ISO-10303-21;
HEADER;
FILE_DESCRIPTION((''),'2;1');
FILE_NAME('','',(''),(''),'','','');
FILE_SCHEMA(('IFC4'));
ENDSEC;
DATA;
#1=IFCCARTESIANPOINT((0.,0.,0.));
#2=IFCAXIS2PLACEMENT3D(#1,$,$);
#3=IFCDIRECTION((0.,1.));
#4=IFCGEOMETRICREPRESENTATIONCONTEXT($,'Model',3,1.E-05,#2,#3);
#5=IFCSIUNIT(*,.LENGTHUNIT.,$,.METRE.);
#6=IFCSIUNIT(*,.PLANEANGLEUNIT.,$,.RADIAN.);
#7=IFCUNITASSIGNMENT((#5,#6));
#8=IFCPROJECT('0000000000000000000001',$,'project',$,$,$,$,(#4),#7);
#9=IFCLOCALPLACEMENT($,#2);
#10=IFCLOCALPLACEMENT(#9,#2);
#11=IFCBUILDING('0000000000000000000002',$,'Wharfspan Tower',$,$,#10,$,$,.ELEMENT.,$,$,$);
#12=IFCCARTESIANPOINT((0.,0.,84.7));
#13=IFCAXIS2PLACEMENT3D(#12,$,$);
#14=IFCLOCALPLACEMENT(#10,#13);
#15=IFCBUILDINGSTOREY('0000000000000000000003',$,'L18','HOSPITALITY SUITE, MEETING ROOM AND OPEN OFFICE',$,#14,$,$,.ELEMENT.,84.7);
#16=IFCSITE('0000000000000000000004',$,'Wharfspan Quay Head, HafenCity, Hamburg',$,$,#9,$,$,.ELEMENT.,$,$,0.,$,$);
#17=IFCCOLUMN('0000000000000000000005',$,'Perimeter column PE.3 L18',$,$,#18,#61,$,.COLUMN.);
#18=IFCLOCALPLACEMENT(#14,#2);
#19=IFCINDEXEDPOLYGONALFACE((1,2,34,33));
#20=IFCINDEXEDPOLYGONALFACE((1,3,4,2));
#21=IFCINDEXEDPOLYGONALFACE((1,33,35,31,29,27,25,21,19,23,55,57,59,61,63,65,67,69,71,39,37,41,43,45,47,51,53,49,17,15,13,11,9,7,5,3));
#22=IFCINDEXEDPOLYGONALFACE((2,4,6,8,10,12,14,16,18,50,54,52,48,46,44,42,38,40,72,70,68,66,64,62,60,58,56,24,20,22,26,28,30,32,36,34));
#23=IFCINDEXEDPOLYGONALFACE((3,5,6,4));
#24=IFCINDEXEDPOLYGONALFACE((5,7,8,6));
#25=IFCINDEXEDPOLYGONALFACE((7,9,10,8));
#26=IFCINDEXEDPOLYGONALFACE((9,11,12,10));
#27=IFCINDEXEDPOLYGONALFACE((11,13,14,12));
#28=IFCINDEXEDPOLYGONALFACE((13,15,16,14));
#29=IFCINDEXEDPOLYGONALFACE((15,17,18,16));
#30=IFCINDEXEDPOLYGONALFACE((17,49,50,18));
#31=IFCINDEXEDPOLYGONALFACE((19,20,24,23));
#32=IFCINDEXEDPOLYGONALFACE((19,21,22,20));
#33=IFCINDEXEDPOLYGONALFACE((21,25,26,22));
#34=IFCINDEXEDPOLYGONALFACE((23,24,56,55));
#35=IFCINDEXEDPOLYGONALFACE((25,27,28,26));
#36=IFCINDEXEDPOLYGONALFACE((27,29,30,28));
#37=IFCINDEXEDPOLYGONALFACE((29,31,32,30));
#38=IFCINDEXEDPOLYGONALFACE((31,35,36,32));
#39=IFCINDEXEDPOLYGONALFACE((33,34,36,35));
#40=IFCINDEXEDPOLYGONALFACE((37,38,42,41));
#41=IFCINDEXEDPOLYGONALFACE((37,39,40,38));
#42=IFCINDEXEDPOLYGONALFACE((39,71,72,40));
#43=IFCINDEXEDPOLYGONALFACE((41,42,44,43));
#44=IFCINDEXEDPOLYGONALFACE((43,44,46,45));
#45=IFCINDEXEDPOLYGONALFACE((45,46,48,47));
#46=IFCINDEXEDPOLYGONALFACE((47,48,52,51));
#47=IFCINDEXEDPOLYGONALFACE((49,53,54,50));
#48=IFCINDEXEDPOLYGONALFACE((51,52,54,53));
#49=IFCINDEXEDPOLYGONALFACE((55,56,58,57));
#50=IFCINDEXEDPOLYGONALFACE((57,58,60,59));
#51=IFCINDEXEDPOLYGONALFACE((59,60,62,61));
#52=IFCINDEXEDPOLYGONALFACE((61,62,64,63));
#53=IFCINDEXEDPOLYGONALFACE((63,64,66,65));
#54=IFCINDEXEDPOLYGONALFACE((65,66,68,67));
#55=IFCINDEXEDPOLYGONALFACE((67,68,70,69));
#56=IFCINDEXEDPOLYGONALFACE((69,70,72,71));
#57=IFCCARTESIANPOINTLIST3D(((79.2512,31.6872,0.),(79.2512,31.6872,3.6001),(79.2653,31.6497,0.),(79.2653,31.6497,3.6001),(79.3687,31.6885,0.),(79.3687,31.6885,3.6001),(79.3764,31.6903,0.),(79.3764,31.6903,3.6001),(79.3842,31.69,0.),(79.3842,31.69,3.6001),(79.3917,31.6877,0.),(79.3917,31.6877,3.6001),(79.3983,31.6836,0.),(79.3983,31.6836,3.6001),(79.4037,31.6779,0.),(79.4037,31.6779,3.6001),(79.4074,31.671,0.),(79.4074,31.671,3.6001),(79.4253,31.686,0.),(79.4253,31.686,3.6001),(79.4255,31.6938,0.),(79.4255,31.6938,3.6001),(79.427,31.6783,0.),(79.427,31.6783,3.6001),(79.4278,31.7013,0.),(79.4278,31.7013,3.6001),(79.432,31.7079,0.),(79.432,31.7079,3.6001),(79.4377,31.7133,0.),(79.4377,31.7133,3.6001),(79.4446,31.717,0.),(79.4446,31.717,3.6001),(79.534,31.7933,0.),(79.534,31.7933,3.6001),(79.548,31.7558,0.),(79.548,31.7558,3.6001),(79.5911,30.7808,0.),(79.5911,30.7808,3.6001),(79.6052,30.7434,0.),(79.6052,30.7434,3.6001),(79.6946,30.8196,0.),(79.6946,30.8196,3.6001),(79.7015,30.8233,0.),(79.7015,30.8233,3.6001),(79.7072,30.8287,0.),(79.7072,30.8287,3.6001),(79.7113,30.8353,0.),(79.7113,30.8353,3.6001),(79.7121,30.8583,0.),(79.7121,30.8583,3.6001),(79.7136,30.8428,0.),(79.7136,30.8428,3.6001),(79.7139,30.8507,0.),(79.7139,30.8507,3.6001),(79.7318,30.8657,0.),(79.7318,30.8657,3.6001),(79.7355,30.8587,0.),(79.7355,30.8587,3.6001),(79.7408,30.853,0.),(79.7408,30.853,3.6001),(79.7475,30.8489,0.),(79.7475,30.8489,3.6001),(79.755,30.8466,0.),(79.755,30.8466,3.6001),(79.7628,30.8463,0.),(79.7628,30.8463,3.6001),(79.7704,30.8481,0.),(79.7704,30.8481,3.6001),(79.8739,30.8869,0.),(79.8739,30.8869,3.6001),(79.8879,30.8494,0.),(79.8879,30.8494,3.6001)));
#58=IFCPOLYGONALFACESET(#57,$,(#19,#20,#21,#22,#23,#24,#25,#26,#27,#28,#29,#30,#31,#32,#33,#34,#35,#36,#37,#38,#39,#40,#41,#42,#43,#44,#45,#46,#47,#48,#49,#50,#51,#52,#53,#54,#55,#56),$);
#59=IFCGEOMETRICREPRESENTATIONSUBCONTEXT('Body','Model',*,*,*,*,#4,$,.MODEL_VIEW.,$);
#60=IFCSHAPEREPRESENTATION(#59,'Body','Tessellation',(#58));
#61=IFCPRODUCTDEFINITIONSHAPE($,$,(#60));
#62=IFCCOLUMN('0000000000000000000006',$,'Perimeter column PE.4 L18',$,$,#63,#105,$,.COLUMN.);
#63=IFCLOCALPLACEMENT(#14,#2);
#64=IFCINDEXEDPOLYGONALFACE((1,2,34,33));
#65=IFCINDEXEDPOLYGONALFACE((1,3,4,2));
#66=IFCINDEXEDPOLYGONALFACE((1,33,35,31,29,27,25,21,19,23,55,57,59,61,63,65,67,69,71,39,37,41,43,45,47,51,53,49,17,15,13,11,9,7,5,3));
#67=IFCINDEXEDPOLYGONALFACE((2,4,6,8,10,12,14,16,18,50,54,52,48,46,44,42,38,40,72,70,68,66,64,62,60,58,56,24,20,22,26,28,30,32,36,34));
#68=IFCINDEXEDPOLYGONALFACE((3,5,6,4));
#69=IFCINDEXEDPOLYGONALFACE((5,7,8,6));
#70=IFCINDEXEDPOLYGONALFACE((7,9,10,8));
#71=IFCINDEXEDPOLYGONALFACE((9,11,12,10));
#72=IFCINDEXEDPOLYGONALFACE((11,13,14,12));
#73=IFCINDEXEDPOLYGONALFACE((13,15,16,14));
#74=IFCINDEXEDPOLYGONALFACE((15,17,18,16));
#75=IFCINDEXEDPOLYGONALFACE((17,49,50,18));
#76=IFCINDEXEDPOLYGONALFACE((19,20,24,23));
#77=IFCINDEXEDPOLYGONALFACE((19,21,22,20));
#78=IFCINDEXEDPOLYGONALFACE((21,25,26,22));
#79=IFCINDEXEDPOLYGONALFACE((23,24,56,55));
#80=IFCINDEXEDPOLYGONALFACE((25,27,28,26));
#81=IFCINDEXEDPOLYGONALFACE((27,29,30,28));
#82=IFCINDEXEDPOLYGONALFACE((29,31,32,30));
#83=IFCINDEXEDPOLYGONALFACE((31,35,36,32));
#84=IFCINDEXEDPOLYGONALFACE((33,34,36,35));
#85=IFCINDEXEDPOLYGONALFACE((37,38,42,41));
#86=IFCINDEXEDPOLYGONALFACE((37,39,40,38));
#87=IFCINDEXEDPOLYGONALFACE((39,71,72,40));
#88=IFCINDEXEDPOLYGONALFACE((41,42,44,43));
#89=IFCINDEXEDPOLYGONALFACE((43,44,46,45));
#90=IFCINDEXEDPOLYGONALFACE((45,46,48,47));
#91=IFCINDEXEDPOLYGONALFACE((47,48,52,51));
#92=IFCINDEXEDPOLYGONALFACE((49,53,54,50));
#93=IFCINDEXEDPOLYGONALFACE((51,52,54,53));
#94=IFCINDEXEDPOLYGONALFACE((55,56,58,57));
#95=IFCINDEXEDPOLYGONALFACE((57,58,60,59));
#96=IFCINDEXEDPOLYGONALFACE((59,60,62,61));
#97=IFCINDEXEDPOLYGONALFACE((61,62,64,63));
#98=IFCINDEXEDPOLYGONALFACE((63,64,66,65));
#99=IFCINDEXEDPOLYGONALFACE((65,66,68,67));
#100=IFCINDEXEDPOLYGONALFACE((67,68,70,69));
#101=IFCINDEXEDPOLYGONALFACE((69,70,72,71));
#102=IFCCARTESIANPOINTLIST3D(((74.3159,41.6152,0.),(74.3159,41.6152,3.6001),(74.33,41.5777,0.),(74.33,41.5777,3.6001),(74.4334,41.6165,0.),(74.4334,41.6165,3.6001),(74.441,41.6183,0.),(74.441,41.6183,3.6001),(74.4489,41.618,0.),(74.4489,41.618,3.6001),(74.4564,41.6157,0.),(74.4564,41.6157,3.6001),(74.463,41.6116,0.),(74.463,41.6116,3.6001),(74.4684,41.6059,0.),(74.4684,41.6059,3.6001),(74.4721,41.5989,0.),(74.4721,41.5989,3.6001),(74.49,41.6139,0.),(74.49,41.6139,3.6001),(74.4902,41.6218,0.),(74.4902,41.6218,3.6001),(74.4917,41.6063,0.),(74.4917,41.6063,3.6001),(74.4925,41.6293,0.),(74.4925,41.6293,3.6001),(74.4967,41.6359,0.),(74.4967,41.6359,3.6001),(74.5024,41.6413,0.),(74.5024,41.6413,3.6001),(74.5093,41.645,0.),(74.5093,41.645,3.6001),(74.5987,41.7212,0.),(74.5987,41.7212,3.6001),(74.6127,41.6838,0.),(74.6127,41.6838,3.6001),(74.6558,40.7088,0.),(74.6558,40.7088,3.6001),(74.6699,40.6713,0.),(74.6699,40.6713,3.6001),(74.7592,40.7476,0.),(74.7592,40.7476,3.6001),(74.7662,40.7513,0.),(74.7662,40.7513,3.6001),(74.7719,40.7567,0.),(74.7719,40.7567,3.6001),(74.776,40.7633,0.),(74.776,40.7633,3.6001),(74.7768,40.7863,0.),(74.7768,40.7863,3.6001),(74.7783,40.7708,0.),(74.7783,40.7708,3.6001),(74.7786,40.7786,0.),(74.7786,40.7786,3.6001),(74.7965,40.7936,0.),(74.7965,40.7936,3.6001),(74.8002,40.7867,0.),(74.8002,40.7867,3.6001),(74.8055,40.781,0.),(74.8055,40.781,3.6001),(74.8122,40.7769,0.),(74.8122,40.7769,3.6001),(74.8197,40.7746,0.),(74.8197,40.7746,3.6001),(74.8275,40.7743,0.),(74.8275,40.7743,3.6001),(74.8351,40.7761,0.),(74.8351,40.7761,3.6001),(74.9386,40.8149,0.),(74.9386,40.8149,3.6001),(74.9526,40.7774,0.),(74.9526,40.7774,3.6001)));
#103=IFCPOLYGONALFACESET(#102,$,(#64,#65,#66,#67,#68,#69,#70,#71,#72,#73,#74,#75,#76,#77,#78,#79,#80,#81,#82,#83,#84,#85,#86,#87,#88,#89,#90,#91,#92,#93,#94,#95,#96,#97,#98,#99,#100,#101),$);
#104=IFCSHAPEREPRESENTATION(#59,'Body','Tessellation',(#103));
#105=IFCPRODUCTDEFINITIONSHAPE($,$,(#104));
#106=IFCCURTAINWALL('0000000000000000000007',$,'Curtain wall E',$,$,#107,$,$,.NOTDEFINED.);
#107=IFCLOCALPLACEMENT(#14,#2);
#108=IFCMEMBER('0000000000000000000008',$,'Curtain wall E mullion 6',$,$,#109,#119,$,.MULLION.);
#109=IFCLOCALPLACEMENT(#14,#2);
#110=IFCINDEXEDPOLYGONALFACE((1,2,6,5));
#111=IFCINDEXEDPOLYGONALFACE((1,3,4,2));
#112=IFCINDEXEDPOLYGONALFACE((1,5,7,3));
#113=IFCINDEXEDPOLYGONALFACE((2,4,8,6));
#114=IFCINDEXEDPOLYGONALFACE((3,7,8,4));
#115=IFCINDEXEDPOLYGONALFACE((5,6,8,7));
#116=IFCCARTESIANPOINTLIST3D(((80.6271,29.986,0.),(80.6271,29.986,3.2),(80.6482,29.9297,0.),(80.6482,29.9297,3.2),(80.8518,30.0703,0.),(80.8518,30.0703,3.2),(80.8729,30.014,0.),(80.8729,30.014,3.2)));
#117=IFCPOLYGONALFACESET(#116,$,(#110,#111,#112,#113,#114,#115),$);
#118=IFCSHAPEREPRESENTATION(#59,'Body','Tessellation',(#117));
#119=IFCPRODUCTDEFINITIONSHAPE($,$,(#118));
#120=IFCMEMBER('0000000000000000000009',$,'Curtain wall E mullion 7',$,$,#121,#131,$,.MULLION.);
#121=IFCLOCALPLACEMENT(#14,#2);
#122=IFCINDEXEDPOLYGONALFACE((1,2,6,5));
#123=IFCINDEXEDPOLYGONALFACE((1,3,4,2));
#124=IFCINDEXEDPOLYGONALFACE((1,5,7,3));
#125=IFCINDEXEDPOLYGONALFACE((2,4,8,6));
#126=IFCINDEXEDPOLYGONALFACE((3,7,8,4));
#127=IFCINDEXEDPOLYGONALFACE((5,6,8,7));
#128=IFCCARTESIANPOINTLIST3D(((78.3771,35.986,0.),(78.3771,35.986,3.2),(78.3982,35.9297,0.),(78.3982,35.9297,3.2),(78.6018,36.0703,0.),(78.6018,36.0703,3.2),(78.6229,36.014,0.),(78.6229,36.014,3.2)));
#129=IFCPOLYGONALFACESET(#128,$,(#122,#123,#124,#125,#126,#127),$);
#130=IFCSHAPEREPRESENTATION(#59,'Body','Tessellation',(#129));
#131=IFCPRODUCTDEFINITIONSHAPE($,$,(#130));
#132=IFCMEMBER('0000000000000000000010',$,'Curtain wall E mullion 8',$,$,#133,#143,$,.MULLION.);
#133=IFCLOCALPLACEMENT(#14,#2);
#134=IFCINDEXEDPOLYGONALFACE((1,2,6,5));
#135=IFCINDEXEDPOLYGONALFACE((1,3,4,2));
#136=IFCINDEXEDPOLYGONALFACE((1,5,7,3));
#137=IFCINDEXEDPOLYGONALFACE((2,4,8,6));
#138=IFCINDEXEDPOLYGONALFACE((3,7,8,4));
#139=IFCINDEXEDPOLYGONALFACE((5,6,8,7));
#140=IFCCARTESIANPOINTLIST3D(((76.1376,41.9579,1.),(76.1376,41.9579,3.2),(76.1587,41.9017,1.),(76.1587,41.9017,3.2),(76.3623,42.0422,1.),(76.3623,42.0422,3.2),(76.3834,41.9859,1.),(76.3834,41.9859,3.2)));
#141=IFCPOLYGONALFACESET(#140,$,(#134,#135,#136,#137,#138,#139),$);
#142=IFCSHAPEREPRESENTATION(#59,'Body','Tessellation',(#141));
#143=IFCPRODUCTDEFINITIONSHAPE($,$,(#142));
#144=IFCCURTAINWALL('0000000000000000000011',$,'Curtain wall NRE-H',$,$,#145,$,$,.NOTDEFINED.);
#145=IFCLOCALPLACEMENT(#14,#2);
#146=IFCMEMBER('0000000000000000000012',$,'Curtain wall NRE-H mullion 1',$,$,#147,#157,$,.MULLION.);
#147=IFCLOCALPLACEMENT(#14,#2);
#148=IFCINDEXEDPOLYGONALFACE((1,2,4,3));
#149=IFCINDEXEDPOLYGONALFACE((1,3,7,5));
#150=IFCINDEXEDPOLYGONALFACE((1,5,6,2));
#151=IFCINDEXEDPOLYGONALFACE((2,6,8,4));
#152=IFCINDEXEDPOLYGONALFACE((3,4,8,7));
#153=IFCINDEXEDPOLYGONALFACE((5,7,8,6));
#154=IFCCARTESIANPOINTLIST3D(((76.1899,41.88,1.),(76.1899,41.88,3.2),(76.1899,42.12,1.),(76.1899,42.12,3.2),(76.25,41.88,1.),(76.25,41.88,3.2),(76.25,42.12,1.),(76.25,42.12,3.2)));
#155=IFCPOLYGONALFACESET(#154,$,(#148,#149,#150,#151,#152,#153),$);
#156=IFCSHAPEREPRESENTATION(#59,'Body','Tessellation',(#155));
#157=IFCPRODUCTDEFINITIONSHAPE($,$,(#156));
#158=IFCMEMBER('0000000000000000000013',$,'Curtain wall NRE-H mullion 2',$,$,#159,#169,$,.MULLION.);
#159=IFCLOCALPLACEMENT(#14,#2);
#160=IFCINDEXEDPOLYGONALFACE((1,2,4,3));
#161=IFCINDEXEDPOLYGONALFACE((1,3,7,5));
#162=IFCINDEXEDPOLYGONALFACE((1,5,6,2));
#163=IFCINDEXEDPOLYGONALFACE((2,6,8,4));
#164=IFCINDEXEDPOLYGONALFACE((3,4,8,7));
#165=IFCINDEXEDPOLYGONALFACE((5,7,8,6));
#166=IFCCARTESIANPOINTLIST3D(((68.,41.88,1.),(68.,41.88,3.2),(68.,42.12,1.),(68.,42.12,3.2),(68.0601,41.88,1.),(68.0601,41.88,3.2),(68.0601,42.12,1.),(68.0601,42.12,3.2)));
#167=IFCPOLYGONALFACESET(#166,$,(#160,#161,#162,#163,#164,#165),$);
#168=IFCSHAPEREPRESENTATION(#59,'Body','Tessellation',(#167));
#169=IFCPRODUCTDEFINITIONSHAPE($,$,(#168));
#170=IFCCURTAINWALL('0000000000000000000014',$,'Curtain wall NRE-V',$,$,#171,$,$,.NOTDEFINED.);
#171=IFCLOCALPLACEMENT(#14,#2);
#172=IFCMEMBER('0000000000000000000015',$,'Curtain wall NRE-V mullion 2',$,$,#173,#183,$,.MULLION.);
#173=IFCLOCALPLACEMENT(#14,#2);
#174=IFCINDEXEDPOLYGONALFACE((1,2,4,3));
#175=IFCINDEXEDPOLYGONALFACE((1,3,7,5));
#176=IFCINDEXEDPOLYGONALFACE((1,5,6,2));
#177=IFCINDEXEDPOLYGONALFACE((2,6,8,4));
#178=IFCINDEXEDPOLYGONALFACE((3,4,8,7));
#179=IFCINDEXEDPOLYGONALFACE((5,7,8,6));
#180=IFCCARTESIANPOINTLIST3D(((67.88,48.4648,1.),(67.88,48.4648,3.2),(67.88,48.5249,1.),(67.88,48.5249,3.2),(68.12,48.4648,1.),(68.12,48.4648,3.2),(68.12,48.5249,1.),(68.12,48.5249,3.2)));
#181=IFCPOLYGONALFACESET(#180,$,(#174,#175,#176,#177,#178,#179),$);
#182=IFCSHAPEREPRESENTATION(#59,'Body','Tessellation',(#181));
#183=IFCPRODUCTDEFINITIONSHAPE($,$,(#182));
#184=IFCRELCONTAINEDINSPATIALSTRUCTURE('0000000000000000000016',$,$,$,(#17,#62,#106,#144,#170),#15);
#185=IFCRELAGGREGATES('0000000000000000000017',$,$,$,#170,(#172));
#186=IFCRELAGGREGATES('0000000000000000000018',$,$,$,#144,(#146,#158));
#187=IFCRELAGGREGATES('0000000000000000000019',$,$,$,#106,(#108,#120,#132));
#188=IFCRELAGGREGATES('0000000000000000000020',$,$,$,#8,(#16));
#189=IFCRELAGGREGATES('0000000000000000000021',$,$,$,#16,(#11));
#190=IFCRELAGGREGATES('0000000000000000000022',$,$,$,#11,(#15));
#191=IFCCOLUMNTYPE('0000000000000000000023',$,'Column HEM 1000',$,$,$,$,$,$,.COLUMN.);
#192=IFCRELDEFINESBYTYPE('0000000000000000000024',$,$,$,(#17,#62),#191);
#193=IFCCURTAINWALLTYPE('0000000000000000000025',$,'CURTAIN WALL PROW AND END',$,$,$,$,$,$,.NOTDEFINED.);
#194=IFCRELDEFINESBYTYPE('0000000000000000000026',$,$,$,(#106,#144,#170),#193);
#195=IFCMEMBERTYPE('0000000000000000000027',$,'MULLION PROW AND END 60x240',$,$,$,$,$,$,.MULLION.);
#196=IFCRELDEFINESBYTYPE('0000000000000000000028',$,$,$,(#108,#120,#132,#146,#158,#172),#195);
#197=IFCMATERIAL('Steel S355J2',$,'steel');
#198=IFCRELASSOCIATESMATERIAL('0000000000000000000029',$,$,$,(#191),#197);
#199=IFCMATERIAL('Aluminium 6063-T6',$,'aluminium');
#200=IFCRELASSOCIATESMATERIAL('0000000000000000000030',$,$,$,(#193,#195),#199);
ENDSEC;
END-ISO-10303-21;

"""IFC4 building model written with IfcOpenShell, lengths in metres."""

from ifc_helpers import new_model, si_unit, direction, frame, origin, origin_2d, place, context, subcontext, project, spatial, rectangle, i_section, extrude, material, material_profile, profile_set, type_object, element, aggregate, save


model = new_model("IFC4")

# Units and contexts
model_context = context("Model", 3, precision=1e-05, world=origin(), true_north=direction((0.0, 1.0)))
body_context = subcontext(model_context, "Body", "Model", "MODEL_VIEW")
ifc_project = project(units=[si_unit("LENGTHUNIT", "METRE"), si_unit("PLANEANGLEUNIT", "RADIAN")], contexts=[model_context])

# Site, building, storey
site_placement = place(None, origin())
site = spatial("IfcSite", under=ifc_project, at=site_placement, Name="Wharfspan Quay Head, HafenCity, Hamburg", CompositionType="ELEMENT", RefElevation=0.0)
building_placement = place(site_placement, origin())
building = spatial("IfcBuilding", under=site, at=building_placement, Name="Wharfspan Tower", CompositionType="ELEMENT")
storey_placement = place(building_placement, frame((0.0, 0.0, 84.7)))
storey = spatial("IfcBuildingStorey", under=building, at=storey_placement, Name="L18", Description="HOSPITALITY SUITE, MEETING ROOM AND OPEN OFFICE", CompositionType="ELEMENT", Elevation=84.7)

# Columns
ifc_material_1 = material(Name="Steel S355J2", Category="steel")
ifc_material_profile_1 = material_profile(ifc_material_1, i_section(OverallWidth=0.302, OverallDepth=1.0081, WebThickness=0.021, FlangeThickness=0.04, FilletRadius=0.03, at=origin_2d()))
ifc_profile_set_1 = profile_set([ifc_material_profile_1], Name="Steel S355J2")
column_type = type_object("IfcColumnType", Name="Column HEM 1000", PredefinedType="COLUMN", material=ifc_profile_set_1)
for number, where, z_axis, x_axis, name in (
    (1, (79.5696, 31.2683, 0.0), (0.0, 0.0, 1.0), (0.936328, 0.351123, 0.0), "Perimeter column PE.3 L18"),
    (2, (74.6343, 41.1963, 0.0), (0.0, 0.0, 1.0), (0.936328, 0.351123, 0.0), "Perimeter column PE.4 L18"),
):
    element("IfcColumn", number, at=place(storey_placement, frame(where, z_axis=z_axis, x_axis=x_axis)), inside=storey, type_object=column_type, Name=name, PredefinedType="COLUMN", context=body_context, shape_type="SweptSolid", body=[
        extrude(i_section(OverallWidth=0.302, OverallDepth=1.0081, WebThickness=0.021, FlangeThickness=0.04, FilletRadius=0.03, at=origin_2d()), origin(), (0.0, 0.0, 1.0), 3.6001),
    ])

# Curtain walls, members
ifc_material_2 = material(Name="Aluminium 6063-T6", Category="aluminium")
curtain_wall_type = type_object("IfcCurtainWallType", Name="CURTAIN WALL PROW AND END", PredefinedType="NOTDEFINED", material=ifc_material_2)
curtain_wall_1_placement = place(storey_placement, origin())
curtain_wall_1 = element("IfcCurtainWall", 3, at=curtain_wall_1_placement, inside=storey, type_object=curtain_wall_type, Name="Curtain wall E", PredefinedType="NOTDEFINED")
ifc_material_profile_2 = material_profile(ifc_material_2, rectangle(XDim=0.24, YDim=0.0601, at=origin_2d()))
ifc_profile_set_2 = profile_set([ifc_material_profile_2], Name="Aluminium 6063-T6")
member_type_1 = type_object("IfcMemberType", Name="MULLION PROW AND END 60x240", PredefinedType="MULLION", material=ifc_profile_set_2)
member_1_placement = place(storey_placement, frame((80.75, 30.0, 0.0), z_axis=(0.0, 0.0, 1.0), x_axis=(-0.936328, -0.351123, 0.0)))
member_1 = element("IfcMember", 4, at=member_1_placement, type_object=member_type_1, Name="Curtain wall E mullion 6", PredefinedType="MULLION", context=body_context, shape_type="SweptSolid", body=[
    extrude(rectangle(XDim=0.24, YDim=0.0601, at=origin_2d()), origin(), (0.0, 0.0, 1.0), 3.2),
])
member_2_placement = place(storey_placement, frame((78.5, 36.0, 0.0), z_axis=(0.0, 0.0, 1.0), x_axis=(-0.936328, -0.351123, 0.0)))
member_2 = element("IfcMember", 5, at=member_2_placement, type_object=member_type_1, Name="Curtain wall E mullion 7", PredefinedType="MULLION", context=body_context, shape_type="SweptSolid", body=[
    extrude(rectangle(XDim=0.24, YDim=0.0601, at=origin_2d()), origin(), (0.0, 0.0, 1.0), 3.2),
])
member_3_placement = place(storey_placement, frame((76.2605, 41.9719, 1.0), z_axis=(0.0, 0.0, 1.0), x_axis=(-0.936328, -0.351123, 0.0)))
member_3 = element("IfcMember", 6, at=member_3_placement, type_object=member_type_1, Name="Curtain wall E mullion 8", PredefinedType="MULLION", context=body_context, shape_type="SweptSolid", body=[
    extrude(rectangle(XDim=0.24, YDim=0.0601, at=origin_2d()), origin(), (0.0, 0.0, 1.0), 2.2),
])
curtain_wall_2_placement = place(storey_placement, origin())
curtain_wall_2 = element("IfcCurtainWall", 7, at=curtain_wall_2_placement, inside=storey, type_object=curtain_wall_type, Name="Curtain wall NRE-H", PredefinedType="NOTDEFINED")
member_4_placement = place(storey_placement, frame((76.22, 42.0, 1.0), z_axis=(0.0, 0.0, 1.0), x_axis=(0.0, -1.0, 0.0)))
member_4 = element("IfcMember", 8, at=member_4_placement, type_object=member_type_1, Name="Curtain wall NRE-H mullion 1", PredefinedType="MULLION", context=body_context, shape_type="SweptSolid", body=[
    extrude(rectangle(XDim=0.24, YDim=0.0601, at=origin_2d()), origin(), (0.0, 0.0, 1.0), 2.2),
])
member_5_placement = place(storey_placement, frame((68.03, 42.0, 1.0), z_axis=(0.0, 0.0, 1.0), x_axis=(0.0, -1.0, 0.0)))
member_5 = element("IfcMember", 9, at=member_5_placement, type_object=member_type_1, Name="Curtain wall NRE-H mullion 2", PredefinedType="MULLION", context=body_context, shape_type="SweptSolid", body=[
    extrude(rectangle(XDim=0.24, YDim=0.0601, at=origin_2d()), origin(), (0.0, 0.0, 1.0), 2.2),
])

# Curtain wall, member
curtain_wall_3_placement = place(storey_placement, origin())
curtain_wall_3 = element("IfcCurtainWall", 10, at=curtain_wall_3_placement, inside=storey, type_object=curtain_wall_type, Name="Curtain wall NRE-V", PredefinedType="NOTDEFINED")
member_6_placement = place(storey_placement, frame((68.0, 48.4949, 1.0), z_axis=(0.0, 0.0, 1.0), x_axis=(-1.0, 0.0, 0.0)))
member_6 = element("IfcMember", 11, at=member_6_placement, type_object=member_type_1, Name="Curtain wall NRE-V mullion 2", PredefinedType="MULLION", context=body_context, shape_type="SweptSolid", body=[
    extrude(rectangle(XDim=0.24, YDim=0.0601, at=origin_2d()), origin(), (0.0, 0.0, 1.0), 2.2),
])
aggregate(curtain_wall_3, [member_6])

aggregate(curtain_wall_2, [member_4, member_5])
aggregate(curtain_wall_1, [member_1, member_2, member_3])

save(model, "model.ifc")
